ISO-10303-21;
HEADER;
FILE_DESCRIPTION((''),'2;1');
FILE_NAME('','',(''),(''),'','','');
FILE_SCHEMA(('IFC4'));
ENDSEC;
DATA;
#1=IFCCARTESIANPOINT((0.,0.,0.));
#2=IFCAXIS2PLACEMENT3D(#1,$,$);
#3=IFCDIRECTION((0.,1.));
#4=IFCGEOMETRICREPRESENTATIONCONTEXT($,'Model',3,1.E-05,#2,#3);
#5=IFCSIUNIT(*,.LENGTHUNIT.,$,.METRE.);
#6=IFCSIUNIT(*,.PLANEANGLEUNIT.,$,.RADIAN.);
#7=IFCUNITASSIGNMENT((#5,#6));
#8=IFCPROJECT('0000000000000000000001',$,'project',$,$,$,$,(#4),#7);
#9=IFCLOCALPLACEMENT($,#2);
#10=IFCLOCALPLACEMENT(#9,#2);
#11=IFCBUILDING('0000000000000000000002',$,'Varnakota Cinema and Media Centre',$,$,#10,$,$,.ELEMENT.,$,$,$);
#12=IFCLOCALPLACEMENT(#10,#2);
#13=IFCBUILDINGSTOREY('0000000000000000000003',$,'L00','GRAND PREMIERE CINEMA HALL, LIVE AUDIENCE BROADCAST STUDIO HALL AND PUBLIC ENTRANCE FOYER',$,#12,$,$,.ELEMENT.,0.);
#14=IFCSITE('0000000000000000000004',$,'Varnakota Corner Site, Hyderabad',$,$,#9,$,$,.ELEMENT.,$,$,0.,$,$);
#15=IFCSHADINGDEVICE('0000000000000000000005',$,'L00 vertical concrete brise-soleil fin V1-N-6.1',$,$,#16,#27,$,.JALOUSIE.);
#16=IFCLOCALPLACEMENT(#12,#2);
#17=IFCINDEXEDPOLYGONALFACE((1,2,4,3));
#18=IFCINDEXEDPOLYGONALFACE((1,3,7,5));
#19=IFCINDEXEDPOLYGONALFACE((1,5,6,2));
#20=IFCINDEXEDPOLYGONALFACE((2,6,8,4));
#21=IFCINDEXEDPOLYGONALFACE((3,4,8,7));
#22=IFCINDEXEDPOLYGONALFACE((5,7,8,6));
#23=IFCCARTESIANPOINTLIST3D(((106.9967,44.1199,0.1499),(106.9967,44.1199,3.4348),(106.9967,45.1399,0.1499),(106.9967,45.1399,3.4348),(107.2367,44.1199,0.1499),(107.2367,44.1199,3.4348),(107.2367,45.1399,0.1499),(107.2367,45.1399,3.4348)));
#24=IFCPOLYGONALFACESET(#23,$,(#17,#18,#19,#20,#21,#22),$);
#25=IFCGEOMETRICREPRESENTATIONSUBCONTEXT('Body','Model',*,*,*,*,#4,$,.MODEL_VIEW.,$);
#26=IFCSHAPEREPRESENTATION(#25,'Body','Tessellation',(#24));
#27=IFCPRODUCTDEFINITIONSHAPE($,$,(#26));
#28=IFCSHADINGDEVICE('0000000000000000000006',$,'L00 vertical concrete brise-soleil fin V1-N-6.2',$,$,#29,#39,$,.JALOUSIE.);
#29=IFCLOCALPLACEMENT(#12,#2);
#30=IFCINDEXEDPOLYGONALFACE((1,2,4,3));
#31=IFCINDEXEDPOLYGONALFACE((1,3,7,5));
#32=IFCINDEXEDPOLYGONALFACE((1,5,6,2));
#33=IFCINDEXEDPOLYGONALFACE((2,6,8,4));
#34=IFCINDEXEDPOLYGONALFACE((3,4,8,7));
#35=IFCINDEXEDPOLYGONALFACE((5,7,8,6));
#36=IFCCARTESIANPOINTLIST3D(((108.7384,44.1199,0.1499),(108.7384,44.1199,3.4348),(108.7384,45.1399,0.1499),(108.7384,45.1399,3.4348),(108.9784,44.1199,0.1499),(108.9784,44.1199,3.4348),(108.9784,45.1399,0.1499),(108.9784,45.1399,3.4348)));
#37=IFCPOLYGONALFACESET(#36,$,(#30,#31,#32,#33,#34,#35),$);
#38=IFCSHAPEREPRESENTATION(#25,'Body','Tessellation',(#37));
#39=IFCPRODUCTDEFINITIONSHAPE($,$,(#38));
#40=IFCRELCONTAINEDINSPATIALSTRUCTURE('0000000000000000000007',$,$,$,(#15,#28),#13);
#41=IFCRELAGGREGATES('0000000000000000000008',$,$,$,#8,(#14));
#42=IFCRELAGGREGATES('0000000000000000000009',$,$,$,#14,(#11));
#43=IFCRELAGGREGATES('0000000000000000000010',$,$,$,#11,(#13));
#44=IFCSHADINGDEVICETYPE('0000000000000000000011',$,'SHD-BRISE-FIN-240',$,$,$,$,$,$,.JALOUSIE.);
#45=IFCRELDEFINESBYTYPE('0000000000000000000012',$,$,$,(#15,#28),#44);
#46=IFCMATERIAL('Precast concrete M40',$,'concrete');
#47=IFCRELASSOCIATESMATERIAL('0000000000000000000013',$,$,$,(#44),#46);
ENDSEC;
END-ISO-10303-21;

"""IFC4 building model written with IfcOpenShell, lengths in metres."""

from ifc_helpers import new_model, si_unit, direction, frame, origin, origin_2d, place, context, subcontext, project, spatial, rectangle, extrude, material, type_object, element, save


model = new_model("IFC4")

# Units and contexts
model_context = context("Model", 3, precision=1e-05, world=origin(), true_north=direction((0.0, 1.0)))
body_context = subcontext(model_context, "Body", "Model", "MODEL_VIEW")
ifc_project = project(units=[si_unit("LENGTHUNIT", "METRE"), si_unit("PLANEANGLEUNIT", "RADIAN")], contexts=[model_context])

# Site, building, storey
site_placement = place(None, origin())
site = spatial("IfcSite", under=ifc_project, at=site_placement, Name="Varnakota Corner Site, Hyderabad", CompositionType="ELEMENT", RefElevation=0.0)
building_placement = place(site_placement, origin())
building = spatial("IfcBuilding", under=site, at=building_placement, Name="Varnakota Cinema and Media Centre", CompositionType="ELEMENT")
storey_placement = place(building_placement, origin())
storey = spatial("IfcBuildingStorey", under=building, at=storey_placement, Name="L00", Description="GRAND PREMIERE CINEMA HALL, LIVE AUDIENCE BROADCAST STUDIO HALL AND PUBLIC ENTRANCE FOYER", CompositionType="ELEMENT", Elevation=0.0)

# Shading devices
ifc_material_1 = material(Name="Precast concrete M40", Category="concrete")
shading_device_type = type_object("IfcShadingDeviceType", Name="SHD-BRISE-FIN-240", PredefinedType="JALOUSIE", material=ifc_material_1)
for number, where, z_axis, x_axis, name in (
    (1, (107.1167, 44.6299, 0.1499), (0.0, 0.0, 1.0), (1.0, 0.0, 0.0), "L00 vertical concrete brise-soleil fin V1-N-6.1"),
    (2, (108.8584, 44.6299, 0.1499), (0.0, 0.0, 1.0), (1.0, 0.0, 0.0), "L00 vertical concrete brise-soleil fin V1-N-6.2"),
):
    element("IfcShadingDevice", number, at=place(storey_placement, frame(where, z_axis=z_axis, x_axis=x_axis)), inside=storey, type_object=shading_device_type, Name=name, PredefinedType="JALOUSIE", context=body_context, shape_type="SweptSolid", body=[
        extrude(rectangle(XDim=0.24, YDim=1.02, at=origin_2d()), origin(), (0.0, 0.0, 1.0), 3.2849),
    ])

save(model, "model.ifc")
